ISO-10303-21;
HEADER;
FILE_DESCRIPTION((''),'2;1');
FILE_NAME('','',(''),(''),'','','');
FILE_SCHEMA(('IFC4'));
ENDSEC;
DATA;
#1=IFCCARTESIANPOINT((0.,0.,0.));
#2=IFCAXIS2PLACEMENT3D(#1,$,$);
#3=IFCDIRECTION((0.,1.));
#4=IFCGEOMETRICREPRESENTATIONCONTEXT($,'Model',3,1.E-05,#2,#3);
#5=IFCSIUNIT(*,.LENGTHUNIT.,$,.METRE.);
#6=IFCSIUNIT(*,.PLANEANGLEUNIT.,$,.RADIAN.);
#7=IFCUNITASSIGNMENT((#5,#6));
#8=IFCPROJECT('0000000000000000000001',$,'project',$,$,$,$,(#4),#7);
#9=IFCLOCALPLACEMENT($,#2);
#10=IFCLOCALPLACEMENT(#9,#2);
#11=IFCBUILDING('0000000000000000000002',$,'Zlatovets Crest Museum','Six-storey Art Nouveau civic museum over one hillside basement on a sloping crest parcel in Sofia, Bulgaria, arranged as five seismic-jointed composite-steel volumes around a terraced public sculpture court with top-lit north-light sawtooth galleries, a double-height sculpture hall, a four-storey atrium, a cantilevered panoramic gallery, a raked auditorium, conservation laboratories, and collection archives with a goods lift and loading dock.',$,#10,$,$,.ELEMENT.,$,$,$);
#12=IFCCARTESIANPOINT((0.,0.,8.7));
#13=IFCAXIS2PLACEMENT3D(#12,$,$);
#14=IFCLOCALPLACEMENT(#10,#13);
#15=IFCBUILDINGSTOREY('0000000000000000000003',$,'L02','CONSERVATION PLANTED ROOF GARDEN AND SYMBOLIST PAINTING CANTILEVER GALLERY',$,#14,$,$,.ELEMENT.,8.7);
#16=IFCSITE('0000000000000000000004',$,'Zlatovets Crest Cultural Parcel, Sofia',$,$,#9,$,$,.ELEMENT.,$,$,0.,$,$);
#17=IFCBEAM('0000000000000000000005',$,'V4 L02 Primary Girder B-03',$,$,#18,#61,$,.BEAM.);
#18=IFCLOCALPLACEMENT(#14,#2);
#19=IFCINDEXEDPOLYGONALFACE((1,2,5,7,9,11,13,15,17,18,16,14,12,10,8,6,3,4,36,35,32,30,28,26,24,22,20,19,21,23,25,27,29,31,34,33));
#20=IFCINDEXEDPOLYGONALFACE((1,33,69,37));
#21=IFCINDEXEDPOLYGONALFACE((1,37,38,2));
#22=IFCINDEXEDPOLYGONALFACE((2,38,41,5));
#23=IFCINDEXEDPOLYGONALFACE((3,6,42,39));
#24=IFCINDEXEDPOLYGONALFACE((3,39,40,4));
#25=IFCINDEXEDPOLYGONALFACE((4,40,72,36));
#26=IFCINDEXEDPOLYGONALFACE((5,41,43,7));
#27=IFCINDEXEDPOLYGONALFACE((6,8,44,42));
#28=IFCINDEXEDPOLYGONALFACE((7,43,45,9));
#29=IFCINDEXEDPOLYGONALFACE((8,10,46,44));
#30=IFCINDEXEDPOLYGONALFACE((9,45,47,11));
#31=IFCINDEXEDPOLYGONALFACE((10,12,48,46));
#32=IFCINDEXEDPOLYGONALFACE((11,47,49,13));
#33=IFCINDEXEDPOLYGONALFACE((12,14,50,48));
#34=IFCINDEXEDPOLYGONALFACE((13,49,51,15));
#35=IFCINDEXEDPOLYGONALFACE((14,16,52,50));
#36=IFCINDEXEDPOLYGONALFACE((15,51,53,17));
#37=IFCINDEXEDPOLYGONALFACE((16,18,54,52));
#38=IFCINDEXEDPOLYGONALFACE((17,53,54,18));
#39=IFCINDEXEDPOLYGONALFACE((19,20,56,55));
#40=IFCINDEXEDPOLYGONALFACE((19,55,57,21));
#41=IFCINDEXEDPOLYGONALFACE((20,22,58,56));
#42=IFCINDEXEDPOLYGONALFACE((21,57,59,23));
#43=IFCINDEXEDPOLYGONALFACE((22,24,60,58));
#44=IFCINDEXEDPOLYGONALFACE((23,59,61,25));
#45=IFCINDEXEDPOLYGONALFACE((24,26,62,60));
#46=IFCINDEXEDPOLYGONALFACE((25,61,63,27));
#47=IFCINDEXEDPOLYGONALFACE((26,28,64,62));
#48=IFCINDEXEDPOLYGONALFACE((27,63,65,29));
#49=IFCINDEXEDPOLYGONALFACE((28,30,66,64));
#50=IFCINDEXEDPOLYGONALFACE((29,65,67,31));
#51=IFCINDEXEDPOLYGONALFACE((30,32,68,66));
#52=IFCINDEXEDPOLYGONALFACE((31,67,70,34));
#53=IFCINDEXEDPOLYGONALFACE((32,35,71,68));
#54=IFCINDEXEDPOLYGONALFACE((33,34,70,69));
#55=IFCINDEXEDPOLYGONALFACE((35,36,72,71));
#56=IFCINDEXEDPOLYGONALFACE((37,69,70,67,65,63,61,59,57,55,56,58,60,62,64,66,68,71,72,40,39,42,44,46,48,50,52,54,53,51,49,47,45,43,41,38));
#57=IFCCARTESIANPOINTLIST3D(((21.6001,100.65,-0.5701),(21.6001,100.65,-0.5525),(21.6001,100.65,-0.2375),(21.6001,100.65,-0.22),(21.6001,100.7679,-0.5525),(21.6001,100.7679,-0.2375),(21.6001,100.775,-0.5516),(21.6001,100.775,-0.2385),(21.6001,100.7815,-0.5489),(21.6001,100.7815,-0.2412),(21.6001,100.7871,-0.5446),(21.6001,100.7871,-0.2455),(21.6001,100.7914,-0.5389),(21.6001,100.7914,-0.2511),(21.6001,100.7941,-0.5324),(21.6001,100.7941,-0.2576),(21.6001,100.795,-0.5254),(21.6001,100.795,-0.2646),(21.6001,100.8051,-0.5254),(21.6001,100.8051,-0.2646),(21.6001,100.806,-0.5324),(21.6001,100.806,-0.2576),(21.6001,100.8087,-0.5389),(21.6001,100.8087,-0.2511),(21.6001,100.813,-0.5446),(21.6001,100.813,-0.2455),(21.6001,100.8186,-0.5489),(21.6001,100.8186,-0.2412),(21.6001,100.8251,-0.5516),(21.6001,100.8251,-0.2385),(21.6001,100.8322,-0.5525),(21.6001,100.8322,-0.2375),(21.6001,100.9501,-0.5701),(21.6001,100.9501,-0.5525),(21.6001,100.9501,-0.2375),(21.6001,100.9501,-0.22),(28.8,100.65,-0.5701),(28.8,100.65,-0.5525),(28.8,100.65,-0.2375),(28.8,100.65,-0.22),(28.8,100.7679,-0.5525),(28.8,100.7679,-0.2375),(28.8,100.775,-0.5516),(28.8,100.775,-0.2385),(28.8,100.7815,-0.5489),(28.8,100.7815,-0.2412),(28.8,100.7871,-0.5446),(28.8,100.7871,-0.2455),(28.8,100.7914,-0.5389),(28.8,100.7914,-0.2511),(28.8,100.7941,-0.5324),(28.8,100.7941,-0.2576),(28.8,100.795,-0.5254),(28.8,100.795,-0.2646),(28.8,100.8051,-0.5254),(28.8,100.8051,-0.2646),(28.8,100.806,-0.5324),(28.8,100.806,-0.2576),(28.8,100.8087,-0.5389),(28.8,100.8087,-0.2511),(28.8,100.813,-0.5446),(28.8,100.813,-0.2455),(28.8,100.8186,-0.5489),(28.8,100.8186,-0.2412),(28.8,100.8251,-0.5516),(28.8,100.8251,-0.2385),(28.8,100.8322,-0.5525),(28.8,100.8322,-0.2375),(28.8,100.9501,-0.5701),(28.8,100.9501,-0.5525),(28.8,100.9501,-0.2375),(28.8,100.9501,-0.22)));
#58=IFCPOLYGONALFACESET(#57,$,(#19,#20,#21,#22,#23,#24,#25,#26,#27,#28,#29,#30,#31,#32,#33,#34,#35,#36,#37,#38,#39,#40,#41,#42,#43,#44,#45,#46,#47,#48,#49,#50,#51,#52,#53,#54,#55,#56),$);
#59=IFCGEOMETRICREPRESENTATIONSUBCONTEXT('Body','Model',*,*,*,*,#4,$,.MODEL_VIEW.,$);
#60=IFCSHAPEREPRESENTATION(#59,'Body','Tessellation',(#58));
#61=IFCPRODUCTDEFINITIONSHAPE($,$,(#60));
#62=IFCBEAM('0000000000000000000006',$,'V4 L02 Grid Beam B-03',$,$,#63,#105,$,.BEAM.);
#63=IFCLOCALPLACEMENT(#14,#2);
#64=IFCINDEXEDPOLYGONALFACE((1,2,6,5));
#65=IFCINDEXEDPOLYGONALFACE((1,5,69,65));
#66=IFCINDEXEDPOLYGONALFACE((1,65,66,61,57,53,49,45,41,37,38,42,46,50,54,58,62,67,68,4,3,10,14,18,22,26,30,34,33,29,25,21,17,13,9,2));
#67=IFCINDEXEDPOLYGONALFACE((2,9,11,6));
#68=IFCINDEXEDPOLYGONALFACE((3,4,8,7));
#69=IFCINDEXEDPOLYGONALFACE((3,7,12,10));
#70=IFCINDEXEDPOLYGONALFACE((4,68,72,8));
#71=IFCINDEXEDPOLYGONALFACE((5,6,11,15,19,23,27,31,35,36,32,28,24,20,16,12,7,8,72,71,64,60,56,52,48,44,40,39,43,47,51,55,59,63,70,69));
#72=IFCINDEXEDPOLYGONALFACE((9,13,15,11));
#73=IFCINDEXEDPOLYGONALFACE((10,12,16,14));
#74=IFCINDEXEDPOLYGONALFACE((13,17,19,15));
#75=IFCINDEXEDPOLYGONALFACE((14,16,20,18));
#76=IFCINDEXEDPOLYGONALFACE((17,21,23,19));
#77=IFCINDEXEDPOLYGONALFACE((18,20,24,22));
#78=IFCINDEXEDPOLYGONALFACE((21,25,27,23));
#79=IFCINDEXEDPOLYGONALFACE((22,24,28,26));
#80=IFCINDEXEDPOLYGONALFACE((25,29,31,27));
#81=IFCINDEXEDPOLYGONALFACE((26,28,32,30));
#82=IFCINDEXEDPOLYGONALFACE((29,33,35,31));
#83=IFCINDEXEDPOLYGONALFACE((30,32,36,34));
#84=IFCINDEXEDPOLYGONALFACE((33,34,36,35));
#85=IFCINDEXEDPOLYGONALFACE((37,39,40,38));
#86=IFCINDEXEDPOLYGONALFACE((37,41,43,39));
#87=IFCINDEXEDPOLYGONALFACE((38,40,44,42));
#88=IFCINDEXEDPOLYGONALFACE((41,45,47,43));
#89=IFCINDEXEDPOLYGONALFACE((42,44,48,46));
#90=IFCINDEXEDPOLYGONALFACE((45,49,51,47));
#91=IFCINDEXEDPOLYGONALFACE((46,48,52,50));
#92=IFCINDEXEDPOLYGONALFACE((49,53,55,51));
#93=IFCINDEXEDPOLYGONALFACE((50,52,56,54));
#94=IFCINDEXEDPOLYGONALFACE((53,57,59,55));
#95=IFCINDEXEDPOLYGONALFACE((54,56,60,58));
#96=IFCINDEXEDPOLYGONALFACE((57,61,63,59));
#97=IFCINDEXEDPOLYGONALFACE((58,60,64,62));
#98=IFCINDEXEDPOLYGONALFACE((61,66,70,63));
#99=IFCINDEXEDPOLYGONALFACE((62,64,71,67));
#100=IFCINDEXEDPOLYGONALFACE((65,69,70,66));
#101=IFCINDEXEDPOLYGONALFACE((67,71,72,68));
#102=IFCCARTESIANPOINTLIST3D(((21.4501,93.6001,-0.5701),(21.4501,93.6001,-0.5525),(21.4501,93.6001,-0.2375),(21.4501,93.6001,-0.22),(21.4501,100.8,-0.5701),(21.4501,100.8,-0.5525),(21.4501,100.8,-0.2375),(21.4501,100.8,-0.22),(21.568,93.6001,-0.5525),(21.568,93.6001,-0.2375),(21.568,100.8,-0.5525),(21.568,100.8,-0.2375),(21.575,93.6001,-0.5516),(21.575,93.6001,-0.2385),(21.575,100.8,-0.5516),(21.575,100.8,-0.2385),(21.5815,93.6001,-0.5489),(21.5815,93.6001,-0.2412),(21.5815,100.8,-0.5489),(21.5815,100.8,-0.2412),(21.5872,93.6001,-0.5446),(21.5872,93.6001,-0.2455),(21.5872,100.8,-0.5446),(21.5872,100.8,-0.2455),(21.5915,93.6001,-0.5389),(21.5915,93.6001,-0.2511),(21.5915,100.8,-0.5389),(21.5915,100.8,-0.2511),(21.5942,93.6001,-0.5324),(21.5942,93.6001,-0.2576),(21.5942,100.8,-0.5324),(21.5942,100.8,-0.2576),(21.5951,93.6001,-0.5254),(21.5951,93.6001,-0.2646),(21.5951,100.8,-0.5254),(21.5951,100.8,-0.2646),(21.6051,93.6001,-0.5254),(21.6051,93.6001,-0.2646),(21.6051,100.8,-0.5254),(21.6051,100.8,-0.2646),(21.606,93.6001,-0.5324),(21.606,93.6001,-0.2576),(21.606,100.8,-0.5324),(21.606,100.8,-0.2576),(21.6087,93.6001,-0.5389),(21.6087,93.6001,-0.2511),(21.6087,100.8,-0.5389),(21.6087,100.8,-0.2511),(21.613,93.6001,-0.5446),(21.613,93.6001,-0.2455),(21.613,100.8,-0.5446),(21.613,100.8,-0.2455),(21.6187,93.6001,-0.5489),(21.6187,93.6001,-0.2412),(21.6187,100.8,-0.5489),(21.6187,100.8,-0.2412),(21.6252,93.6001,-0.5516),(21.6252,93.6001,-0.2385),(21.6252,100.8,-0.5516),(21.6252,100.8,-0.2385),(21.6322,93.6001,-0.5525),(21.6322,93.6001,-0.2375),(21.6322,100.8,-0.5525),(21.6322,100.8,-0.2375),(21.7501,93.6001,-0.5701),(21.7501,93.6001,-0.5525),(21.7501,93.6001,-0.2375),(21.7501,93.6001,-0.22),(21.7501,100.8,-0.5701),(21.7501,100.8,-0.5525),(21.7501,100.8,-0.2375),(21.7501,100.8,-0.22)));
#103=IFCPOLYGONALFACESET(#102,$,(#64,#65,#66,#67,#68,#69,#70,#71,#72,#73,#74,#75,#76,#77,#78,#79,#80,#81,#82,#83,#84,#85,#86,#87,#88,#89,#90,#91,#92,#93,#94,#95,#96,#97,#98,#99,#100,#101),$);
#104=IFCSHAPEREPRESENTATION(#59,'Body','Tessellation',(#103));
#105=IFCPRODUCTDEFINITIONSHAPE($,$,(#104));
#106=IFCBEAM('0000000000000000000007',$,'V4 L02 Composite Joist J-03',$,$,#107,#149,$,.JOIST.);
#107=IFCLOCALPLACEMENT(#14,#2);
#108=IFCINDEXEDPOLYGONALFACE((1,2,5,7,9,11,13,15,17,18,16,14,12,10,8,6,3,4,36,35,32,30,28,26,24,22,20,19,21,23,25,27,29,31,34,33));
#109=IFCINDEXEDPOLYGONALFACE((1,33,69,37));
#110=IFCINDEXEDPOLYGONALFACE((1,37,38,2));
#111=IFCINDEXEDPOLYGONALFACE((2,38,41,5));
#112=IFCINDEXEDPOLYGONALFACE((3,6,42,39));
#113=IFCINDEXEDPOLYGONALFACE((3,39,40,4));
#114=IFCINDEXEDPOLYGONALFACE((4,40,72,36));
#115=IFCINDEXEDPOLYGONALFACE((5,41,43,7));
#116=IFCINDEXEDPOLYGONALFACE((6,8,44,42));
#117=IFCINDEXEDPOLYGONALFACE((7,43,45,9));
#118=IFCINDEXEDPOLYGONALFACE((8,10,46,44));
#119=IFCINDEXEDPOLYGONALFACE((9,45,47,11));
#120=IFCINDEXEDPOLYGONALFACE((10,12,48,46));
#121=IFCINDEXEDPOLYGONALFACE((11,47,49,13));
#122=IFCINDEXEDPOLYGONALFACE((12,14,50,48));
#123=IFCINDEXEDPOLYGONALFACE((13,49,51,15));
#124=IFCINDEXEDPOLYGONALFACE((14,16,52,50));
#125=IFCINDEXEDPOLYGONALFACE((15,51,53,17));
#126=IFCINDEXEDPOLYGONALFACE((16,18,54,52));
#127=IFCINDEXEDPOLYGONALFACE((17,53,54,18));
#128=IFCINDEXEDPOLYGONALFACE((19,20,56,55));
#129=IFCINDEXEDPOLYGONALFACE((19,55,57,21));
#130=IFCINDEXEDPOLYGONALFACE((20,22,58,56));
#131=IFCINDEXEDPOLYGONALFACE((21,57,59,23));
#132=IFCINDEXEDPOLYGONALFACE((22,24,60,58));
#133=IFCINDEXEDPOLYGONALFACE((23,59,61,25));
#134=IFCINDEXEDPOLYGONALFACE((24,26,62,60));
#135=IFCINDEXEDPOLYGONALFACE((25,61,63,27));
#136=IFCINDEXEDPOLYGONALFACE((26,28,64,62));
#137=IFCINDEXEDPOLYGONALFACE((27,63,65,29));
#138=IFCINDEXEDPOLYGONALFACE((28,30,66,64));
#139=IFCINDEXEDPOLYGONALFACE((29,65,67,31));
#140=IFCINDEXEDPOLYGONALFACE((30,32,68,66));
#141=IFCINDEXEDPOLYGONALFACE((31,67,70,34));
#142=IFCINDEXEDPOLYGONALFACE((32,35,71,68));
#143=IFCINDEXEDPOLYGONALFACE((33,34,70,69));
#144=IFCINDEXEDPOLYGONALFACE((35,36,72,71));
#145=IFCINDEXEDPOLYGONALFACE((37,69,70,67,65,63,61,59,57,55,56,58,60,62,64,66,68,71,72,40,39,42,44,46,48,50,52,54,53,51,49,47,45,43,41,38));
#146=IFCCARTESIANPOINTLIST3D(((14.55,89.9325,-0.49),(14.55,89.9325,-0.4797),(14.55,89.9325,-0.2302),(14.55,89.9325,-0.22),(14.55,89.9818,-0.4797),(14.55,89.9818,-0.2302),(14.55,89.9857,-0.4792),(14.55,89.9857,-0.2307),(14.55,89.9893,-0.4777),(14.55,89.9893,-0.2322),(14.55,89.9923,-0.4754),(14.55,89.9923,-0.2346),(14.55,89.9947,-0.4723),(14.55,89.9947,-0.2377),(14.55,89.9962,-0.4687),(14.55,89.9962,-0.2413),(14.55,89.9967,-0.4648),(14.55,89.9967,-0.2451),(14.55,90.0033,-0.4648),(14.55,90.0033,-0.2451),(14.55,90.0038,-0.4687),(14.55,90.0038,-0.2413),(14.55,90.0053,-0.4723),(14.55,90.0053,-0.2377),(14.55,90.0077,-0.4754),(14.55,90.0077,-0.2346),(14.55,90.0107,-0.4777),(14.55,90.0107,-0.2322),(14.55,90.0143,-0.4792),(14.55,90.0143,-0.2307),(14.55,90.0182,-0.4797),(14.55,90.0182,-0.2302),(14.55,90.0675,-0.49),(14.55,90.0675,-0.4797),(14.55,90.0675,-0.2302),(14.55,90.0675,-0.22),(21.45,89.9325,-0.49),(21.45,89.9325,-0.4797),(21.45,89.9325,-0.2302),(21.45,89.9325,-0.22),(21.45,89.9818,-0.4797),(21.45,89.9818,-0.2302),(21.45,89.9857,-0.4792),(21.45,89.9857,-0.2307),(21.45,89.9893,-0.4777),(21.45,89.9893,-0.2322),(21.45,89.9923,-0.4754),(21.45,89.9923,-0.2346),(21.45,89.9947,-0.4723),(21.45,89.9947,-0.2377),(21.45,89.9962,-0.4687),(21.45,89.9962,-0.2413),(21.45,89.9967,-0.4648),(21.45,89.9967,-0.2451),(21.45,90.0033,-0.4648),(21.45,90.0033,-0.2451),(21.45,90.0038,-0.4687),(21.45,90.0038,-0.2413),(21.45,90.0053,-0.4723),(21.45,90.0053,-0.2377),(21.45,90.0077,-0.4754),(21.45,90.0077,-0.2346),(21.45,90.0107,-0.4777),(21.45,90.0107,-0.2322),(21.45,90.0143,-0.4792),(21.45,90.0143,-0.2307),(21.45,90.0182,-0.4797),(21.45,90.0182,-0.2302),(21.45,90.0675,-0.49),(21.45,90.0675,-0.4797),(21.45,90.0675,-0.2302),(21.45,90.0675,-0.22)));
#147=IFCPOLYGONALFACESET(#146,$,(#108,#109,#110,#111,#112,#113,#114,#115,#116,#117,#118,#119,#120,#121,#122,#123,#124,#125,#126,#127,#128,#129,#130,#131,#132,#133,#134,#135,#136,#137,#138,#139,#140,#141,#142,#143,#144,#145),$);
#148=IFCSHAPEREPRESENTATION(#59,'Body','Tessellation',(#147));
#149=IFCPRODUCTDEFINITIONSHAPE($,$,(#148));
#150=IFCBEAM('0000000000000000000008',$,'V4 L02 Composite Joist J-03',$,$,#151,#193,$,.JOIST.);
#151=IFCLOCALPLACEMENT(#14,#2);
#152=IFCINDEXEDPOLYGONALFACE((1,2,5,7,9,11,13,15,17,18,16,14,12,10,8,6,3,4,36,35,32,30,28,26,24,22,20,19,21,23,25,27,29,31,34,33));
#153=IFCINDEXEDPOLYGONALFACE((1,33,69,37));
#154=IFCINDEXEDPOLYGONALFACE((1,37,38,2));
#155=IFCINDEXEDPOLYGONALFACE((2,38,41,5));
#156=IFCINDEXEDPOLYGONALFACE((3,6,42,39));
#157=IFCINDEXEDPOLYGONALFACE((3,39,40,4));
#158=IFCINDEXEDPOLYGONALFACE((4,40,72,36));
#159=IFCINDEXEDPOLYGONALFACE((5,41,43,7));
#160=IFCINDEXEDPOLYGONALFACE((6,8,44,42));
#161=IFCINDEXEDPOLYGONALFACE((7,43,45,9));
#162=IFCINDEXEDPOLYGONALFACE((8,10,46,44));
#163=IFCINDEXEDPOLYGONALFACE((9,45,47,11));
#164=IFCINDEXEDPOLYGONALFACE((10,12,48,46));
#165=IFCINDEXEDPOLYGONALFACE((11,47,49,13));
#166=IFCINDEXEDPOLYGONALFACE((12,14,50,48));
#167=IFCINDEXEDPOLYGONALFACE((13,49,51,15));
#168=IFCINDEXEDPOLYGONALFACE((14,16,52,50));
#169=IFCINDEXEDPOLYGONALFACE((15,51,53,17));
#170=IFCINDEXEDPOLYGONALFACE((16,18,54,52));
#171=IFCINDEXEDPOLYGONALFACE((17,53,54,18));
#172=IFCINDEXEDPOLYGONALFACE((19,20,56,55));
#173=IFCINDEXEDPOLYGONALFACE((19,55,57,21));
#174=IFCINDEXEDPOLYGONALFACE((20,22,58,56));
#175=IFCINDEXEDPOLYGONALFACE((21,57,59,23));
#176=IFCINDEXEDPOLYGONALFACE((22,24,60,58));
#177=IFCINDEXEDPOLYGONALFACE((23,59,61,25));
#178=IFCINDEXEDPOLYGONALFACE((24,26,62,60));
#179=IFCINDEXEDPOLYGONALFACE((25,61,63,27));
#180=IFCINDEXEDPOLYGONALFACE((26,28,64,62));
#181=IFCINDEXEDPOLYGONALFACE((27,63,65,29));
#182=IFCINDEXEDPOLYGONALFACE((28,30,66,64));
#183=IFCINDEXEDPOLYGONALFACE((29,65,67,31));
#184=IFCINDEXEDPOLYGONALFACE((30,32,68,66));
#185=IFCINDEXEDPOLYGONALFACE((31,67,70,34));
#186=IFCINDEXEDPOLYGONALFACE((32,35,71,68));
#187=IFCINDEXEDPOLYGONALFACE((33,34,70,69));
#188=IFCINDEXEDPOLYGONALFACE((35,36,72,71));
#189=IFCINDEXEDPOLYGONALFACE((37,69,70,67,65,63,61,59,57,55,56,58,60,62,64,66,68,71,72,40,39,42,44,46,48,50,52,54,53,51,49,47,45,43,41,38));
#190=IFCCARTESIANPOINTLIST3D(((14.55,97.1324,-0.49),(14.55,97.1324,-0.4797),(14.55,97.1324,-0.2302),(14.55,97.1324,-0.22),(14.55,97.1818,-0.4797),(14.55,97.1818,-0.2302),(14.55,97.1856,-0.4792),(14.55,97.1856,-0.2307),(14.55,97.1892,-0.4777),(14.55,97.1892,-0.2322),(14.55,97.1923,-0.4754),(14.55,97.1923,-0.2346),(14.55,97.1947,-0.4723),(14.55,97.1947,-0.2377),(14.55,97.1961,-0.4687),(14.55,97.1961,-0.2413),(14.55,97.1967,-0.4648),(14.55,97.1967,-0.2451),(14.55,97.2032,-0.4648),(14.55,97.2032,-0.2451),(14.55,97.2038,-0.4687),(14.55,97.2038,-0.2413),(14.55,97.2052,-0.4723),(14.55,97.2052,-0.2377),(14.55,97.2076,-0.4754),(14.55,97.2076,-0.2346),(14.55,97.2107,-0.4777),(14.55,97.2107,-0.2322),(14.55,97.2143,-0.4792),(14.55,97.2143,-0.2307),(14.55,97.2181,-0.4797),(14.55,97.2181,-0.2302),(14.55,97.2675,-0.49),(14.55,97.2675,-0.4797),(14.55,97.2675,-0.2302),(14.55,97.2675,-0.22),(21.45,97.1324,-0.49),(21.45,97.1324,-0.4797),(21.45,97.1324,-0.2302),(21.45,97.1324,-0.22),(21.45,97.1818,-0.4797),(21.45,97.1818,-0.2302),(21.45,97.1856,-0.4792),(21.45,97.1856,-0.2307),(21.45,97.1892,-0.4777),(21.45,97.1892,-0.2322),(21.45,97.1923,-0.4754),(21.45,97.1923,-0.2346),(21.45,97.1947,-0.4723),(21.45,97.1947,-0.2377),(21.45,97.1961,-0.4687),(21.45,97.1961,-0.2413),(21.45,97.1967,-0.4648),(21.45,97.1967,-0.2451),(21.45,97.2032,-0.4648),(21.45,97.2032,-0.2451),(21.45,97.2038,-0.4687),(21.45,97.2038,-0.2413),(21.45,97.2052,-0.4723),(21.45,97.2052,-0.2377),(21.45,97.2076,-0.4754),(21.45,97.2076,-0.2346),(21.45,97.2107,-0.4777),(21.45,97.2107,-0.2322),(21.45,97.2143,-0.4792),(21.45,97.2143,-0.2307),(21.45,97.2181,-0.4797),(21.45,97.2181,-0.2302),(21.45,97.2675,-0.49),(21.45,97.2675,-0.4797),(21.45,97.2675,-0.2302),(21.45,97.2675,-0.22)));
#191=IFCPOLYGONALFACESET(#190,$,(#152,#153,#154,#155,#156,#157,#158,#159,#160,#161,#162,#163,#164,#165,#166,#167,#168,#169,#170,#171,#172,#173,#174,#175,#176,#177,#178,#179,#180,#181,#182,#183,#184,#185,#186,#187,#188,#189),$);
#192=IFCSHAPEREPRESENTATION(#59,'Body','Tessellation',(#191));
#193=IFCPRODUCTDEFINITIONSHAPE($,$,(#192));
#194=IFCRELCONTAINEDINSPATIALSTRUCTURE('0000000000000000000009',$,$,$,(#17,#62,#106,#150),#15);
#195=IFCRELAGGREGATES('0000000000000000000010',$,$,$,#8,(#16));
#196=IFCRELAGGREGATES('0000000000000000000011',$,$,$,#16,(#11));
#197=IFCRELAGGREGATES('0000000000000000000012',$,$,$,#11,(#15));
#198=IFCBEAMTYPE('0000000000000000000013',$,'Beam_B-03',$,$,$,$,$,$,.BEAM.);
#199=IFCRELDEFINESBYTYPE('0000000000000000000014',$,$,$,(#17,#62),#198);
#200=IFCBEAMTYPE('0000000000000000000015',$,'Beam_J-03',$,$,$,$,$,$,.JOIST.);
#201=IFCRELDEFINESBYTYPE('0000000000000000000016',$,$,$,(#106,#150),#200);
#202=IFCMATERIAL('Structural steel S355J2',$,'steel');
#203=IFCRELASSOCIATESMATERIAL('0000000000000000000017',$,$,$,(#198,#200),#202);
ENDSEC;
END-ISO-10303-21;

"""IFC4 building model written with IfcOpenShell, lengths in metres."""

from ifc_helpers import new_model, si_unit, direction, frame, origin, origin_2d, place, context, subcontext, project, spatial, i_section, extrude, material, material_profile, profile_set, type_object, element, save


model = new_model("IFC4")

# Units and contexts
model_context = context("Model", 3, precision=1e-05, world=origin(), true_north=direction((0.0, 1.0)))
body_context = subcontext(model_context, "Body", "Model", "MODEL_VIEW")
ifc_project = project(units=[si_unit("LENGTHUNIT", "METRE"), si_unit("PLANEANGLEUNIT", "RADIAN")], contexts=[model_context])

# Site, building, storey
site_placement = place(None, origin())
site = spatial("IfcSite", under=ifc_project, at=site_placement, Name="Zlatovets Crest Cultural Parcel, Sofia", CompositionType="ELEMENT", RefElevation=0.0)
building_placement = place(site_placement, origin())
building = spatial("IfcBuilding", under=site, at=building_placement, Name="Zlatovets Crest Museum", Description="Six-storey Art Nouveau civic museum over one hillside basement on a sloping crest parcel in Sofia, Bulgaria, arranged as five seismic-jointed composite-steel volumes around a terraced public sculpture court with top-lit north-light sawtooth galleries, a double-height sculpture hall, a four-storey atrium, a cantilevered panoramic gallery, a raked auditorium, conservation laboratories, and collection archives with a goods lift and loading dock.", CompositionType="ELEMENT")
storey_placement = place(building_placement, frame((0.0, 0.0, 8.7)))
storey = spatial("IfcBuildingStorey", under=building, at=storey_placement, Name="L02", Description="CONSERVATION PLANTED ROOF GARDEN AND SYMBOLIST PAINTING CANTILEVER GALLERY", CompositionType="ELEMENT", Elevation=8.7)

# Shared definitions
ifc_material_1 = material(Name="Structural steel S355J2", Category="steel")

# Beams
ifc_material_profile_1 = material_profile(ifc_material_1, i_section(OverallWidth=0.3, OverallDepth=0.3501, WebThickness=0.01, FlangeThickness=0.0176, FilletRadius=0.0271, at=origin_2d()), Name="HEA 360")
ifc_profile_set_1 = profile_set([ifc_material_profile_1], Name="Structural steel S355J2")
beam_type_1 = type_object("IfcBeamType", Name="Beam_B-03", PredefinedType="BEAM", material=ifc_profile_set_1)
for number, where, z_axis, x_axis, name in (
    (1, (21.6001, 100.8, -0.395), (1.0, 0.0, 0.0), (0.0, 1.0, 0.0), "V4 L02 Primary Girder B-03"),
    (2, (21.6001, 93.6001, -0.395), (0.0, 1.0, 0.0), (-1.0, 0.0, 0.0), "V4 L02 Grid Beam B-03"),
):
    element("IfcBeam", number, at=place(storey_placement, frame(where, z_axis=z_axis, x_axis=x_axis)), inside=storey, type_object=beam_type_1, Name=name, PredefinedType="BEAM", context=body_context, shape_type="SweptSolid", body=[
        extrude(i_section(OverallWidth=0.3, OverallDepth=0.3501, WebThickness=0.01, FlangeThickness=0.0176, FilletRadius=0.0271, at=origin_2d()), origin(), (0.0, 0.0, 1.0), 7.2),
    ])
ifc_material_profile_2 = material_profile(ifc_material_1, i_section(OverallWidth=0.135, OverallDepth=0.27, WebThickness=0.0066, FlangeThickness=0.0103, FilletRadius=0.0149, at=origin_2d()), Name="IPE 270")
ifc_profile_set_2 = profile_set([ifc_material_profile_2], Name="Structural steel S355J2")
beam_type_2 = type_object("IfcBeamType", Name="Beam_J-03", PredefinedType="JOIST", material=ifc_profile_set_2)
for number, where, z_axis, x_axis, name in (
    (3, (14.55, 90.0, -0.355), (1.0, 0.0, 0.0), (0.0, 1.0, 0.0), "V4 L02 Composite Joist J-03"),
    (4, (14.55, 97.2, -0.355), (1.0, 0.0, 0.0), (0.0, 1.0, 0.0), "V4 L02 Composite Joist J-03"),
):
    element("IfcBeam", number, at=place(storey_placement, frame(where, z_axis=z_axis, x_axis=x_axis)), inside=storey, type_object=beam_type_2, Name=name, PredefinedType="JOIST", context=body_context, shape_type="SweptSolid", body=[
        extrude(i_section(OverallWidth=0.135, OverallDepth=0.27, WebThickness=0.0066, FlangeThickness=0.0103, FilletRadius=0.0149, at=origin_2d()), origin(), (0.0, 0.0, 1.0), 6.8999),
    ])

save(model, "model.ifc")
